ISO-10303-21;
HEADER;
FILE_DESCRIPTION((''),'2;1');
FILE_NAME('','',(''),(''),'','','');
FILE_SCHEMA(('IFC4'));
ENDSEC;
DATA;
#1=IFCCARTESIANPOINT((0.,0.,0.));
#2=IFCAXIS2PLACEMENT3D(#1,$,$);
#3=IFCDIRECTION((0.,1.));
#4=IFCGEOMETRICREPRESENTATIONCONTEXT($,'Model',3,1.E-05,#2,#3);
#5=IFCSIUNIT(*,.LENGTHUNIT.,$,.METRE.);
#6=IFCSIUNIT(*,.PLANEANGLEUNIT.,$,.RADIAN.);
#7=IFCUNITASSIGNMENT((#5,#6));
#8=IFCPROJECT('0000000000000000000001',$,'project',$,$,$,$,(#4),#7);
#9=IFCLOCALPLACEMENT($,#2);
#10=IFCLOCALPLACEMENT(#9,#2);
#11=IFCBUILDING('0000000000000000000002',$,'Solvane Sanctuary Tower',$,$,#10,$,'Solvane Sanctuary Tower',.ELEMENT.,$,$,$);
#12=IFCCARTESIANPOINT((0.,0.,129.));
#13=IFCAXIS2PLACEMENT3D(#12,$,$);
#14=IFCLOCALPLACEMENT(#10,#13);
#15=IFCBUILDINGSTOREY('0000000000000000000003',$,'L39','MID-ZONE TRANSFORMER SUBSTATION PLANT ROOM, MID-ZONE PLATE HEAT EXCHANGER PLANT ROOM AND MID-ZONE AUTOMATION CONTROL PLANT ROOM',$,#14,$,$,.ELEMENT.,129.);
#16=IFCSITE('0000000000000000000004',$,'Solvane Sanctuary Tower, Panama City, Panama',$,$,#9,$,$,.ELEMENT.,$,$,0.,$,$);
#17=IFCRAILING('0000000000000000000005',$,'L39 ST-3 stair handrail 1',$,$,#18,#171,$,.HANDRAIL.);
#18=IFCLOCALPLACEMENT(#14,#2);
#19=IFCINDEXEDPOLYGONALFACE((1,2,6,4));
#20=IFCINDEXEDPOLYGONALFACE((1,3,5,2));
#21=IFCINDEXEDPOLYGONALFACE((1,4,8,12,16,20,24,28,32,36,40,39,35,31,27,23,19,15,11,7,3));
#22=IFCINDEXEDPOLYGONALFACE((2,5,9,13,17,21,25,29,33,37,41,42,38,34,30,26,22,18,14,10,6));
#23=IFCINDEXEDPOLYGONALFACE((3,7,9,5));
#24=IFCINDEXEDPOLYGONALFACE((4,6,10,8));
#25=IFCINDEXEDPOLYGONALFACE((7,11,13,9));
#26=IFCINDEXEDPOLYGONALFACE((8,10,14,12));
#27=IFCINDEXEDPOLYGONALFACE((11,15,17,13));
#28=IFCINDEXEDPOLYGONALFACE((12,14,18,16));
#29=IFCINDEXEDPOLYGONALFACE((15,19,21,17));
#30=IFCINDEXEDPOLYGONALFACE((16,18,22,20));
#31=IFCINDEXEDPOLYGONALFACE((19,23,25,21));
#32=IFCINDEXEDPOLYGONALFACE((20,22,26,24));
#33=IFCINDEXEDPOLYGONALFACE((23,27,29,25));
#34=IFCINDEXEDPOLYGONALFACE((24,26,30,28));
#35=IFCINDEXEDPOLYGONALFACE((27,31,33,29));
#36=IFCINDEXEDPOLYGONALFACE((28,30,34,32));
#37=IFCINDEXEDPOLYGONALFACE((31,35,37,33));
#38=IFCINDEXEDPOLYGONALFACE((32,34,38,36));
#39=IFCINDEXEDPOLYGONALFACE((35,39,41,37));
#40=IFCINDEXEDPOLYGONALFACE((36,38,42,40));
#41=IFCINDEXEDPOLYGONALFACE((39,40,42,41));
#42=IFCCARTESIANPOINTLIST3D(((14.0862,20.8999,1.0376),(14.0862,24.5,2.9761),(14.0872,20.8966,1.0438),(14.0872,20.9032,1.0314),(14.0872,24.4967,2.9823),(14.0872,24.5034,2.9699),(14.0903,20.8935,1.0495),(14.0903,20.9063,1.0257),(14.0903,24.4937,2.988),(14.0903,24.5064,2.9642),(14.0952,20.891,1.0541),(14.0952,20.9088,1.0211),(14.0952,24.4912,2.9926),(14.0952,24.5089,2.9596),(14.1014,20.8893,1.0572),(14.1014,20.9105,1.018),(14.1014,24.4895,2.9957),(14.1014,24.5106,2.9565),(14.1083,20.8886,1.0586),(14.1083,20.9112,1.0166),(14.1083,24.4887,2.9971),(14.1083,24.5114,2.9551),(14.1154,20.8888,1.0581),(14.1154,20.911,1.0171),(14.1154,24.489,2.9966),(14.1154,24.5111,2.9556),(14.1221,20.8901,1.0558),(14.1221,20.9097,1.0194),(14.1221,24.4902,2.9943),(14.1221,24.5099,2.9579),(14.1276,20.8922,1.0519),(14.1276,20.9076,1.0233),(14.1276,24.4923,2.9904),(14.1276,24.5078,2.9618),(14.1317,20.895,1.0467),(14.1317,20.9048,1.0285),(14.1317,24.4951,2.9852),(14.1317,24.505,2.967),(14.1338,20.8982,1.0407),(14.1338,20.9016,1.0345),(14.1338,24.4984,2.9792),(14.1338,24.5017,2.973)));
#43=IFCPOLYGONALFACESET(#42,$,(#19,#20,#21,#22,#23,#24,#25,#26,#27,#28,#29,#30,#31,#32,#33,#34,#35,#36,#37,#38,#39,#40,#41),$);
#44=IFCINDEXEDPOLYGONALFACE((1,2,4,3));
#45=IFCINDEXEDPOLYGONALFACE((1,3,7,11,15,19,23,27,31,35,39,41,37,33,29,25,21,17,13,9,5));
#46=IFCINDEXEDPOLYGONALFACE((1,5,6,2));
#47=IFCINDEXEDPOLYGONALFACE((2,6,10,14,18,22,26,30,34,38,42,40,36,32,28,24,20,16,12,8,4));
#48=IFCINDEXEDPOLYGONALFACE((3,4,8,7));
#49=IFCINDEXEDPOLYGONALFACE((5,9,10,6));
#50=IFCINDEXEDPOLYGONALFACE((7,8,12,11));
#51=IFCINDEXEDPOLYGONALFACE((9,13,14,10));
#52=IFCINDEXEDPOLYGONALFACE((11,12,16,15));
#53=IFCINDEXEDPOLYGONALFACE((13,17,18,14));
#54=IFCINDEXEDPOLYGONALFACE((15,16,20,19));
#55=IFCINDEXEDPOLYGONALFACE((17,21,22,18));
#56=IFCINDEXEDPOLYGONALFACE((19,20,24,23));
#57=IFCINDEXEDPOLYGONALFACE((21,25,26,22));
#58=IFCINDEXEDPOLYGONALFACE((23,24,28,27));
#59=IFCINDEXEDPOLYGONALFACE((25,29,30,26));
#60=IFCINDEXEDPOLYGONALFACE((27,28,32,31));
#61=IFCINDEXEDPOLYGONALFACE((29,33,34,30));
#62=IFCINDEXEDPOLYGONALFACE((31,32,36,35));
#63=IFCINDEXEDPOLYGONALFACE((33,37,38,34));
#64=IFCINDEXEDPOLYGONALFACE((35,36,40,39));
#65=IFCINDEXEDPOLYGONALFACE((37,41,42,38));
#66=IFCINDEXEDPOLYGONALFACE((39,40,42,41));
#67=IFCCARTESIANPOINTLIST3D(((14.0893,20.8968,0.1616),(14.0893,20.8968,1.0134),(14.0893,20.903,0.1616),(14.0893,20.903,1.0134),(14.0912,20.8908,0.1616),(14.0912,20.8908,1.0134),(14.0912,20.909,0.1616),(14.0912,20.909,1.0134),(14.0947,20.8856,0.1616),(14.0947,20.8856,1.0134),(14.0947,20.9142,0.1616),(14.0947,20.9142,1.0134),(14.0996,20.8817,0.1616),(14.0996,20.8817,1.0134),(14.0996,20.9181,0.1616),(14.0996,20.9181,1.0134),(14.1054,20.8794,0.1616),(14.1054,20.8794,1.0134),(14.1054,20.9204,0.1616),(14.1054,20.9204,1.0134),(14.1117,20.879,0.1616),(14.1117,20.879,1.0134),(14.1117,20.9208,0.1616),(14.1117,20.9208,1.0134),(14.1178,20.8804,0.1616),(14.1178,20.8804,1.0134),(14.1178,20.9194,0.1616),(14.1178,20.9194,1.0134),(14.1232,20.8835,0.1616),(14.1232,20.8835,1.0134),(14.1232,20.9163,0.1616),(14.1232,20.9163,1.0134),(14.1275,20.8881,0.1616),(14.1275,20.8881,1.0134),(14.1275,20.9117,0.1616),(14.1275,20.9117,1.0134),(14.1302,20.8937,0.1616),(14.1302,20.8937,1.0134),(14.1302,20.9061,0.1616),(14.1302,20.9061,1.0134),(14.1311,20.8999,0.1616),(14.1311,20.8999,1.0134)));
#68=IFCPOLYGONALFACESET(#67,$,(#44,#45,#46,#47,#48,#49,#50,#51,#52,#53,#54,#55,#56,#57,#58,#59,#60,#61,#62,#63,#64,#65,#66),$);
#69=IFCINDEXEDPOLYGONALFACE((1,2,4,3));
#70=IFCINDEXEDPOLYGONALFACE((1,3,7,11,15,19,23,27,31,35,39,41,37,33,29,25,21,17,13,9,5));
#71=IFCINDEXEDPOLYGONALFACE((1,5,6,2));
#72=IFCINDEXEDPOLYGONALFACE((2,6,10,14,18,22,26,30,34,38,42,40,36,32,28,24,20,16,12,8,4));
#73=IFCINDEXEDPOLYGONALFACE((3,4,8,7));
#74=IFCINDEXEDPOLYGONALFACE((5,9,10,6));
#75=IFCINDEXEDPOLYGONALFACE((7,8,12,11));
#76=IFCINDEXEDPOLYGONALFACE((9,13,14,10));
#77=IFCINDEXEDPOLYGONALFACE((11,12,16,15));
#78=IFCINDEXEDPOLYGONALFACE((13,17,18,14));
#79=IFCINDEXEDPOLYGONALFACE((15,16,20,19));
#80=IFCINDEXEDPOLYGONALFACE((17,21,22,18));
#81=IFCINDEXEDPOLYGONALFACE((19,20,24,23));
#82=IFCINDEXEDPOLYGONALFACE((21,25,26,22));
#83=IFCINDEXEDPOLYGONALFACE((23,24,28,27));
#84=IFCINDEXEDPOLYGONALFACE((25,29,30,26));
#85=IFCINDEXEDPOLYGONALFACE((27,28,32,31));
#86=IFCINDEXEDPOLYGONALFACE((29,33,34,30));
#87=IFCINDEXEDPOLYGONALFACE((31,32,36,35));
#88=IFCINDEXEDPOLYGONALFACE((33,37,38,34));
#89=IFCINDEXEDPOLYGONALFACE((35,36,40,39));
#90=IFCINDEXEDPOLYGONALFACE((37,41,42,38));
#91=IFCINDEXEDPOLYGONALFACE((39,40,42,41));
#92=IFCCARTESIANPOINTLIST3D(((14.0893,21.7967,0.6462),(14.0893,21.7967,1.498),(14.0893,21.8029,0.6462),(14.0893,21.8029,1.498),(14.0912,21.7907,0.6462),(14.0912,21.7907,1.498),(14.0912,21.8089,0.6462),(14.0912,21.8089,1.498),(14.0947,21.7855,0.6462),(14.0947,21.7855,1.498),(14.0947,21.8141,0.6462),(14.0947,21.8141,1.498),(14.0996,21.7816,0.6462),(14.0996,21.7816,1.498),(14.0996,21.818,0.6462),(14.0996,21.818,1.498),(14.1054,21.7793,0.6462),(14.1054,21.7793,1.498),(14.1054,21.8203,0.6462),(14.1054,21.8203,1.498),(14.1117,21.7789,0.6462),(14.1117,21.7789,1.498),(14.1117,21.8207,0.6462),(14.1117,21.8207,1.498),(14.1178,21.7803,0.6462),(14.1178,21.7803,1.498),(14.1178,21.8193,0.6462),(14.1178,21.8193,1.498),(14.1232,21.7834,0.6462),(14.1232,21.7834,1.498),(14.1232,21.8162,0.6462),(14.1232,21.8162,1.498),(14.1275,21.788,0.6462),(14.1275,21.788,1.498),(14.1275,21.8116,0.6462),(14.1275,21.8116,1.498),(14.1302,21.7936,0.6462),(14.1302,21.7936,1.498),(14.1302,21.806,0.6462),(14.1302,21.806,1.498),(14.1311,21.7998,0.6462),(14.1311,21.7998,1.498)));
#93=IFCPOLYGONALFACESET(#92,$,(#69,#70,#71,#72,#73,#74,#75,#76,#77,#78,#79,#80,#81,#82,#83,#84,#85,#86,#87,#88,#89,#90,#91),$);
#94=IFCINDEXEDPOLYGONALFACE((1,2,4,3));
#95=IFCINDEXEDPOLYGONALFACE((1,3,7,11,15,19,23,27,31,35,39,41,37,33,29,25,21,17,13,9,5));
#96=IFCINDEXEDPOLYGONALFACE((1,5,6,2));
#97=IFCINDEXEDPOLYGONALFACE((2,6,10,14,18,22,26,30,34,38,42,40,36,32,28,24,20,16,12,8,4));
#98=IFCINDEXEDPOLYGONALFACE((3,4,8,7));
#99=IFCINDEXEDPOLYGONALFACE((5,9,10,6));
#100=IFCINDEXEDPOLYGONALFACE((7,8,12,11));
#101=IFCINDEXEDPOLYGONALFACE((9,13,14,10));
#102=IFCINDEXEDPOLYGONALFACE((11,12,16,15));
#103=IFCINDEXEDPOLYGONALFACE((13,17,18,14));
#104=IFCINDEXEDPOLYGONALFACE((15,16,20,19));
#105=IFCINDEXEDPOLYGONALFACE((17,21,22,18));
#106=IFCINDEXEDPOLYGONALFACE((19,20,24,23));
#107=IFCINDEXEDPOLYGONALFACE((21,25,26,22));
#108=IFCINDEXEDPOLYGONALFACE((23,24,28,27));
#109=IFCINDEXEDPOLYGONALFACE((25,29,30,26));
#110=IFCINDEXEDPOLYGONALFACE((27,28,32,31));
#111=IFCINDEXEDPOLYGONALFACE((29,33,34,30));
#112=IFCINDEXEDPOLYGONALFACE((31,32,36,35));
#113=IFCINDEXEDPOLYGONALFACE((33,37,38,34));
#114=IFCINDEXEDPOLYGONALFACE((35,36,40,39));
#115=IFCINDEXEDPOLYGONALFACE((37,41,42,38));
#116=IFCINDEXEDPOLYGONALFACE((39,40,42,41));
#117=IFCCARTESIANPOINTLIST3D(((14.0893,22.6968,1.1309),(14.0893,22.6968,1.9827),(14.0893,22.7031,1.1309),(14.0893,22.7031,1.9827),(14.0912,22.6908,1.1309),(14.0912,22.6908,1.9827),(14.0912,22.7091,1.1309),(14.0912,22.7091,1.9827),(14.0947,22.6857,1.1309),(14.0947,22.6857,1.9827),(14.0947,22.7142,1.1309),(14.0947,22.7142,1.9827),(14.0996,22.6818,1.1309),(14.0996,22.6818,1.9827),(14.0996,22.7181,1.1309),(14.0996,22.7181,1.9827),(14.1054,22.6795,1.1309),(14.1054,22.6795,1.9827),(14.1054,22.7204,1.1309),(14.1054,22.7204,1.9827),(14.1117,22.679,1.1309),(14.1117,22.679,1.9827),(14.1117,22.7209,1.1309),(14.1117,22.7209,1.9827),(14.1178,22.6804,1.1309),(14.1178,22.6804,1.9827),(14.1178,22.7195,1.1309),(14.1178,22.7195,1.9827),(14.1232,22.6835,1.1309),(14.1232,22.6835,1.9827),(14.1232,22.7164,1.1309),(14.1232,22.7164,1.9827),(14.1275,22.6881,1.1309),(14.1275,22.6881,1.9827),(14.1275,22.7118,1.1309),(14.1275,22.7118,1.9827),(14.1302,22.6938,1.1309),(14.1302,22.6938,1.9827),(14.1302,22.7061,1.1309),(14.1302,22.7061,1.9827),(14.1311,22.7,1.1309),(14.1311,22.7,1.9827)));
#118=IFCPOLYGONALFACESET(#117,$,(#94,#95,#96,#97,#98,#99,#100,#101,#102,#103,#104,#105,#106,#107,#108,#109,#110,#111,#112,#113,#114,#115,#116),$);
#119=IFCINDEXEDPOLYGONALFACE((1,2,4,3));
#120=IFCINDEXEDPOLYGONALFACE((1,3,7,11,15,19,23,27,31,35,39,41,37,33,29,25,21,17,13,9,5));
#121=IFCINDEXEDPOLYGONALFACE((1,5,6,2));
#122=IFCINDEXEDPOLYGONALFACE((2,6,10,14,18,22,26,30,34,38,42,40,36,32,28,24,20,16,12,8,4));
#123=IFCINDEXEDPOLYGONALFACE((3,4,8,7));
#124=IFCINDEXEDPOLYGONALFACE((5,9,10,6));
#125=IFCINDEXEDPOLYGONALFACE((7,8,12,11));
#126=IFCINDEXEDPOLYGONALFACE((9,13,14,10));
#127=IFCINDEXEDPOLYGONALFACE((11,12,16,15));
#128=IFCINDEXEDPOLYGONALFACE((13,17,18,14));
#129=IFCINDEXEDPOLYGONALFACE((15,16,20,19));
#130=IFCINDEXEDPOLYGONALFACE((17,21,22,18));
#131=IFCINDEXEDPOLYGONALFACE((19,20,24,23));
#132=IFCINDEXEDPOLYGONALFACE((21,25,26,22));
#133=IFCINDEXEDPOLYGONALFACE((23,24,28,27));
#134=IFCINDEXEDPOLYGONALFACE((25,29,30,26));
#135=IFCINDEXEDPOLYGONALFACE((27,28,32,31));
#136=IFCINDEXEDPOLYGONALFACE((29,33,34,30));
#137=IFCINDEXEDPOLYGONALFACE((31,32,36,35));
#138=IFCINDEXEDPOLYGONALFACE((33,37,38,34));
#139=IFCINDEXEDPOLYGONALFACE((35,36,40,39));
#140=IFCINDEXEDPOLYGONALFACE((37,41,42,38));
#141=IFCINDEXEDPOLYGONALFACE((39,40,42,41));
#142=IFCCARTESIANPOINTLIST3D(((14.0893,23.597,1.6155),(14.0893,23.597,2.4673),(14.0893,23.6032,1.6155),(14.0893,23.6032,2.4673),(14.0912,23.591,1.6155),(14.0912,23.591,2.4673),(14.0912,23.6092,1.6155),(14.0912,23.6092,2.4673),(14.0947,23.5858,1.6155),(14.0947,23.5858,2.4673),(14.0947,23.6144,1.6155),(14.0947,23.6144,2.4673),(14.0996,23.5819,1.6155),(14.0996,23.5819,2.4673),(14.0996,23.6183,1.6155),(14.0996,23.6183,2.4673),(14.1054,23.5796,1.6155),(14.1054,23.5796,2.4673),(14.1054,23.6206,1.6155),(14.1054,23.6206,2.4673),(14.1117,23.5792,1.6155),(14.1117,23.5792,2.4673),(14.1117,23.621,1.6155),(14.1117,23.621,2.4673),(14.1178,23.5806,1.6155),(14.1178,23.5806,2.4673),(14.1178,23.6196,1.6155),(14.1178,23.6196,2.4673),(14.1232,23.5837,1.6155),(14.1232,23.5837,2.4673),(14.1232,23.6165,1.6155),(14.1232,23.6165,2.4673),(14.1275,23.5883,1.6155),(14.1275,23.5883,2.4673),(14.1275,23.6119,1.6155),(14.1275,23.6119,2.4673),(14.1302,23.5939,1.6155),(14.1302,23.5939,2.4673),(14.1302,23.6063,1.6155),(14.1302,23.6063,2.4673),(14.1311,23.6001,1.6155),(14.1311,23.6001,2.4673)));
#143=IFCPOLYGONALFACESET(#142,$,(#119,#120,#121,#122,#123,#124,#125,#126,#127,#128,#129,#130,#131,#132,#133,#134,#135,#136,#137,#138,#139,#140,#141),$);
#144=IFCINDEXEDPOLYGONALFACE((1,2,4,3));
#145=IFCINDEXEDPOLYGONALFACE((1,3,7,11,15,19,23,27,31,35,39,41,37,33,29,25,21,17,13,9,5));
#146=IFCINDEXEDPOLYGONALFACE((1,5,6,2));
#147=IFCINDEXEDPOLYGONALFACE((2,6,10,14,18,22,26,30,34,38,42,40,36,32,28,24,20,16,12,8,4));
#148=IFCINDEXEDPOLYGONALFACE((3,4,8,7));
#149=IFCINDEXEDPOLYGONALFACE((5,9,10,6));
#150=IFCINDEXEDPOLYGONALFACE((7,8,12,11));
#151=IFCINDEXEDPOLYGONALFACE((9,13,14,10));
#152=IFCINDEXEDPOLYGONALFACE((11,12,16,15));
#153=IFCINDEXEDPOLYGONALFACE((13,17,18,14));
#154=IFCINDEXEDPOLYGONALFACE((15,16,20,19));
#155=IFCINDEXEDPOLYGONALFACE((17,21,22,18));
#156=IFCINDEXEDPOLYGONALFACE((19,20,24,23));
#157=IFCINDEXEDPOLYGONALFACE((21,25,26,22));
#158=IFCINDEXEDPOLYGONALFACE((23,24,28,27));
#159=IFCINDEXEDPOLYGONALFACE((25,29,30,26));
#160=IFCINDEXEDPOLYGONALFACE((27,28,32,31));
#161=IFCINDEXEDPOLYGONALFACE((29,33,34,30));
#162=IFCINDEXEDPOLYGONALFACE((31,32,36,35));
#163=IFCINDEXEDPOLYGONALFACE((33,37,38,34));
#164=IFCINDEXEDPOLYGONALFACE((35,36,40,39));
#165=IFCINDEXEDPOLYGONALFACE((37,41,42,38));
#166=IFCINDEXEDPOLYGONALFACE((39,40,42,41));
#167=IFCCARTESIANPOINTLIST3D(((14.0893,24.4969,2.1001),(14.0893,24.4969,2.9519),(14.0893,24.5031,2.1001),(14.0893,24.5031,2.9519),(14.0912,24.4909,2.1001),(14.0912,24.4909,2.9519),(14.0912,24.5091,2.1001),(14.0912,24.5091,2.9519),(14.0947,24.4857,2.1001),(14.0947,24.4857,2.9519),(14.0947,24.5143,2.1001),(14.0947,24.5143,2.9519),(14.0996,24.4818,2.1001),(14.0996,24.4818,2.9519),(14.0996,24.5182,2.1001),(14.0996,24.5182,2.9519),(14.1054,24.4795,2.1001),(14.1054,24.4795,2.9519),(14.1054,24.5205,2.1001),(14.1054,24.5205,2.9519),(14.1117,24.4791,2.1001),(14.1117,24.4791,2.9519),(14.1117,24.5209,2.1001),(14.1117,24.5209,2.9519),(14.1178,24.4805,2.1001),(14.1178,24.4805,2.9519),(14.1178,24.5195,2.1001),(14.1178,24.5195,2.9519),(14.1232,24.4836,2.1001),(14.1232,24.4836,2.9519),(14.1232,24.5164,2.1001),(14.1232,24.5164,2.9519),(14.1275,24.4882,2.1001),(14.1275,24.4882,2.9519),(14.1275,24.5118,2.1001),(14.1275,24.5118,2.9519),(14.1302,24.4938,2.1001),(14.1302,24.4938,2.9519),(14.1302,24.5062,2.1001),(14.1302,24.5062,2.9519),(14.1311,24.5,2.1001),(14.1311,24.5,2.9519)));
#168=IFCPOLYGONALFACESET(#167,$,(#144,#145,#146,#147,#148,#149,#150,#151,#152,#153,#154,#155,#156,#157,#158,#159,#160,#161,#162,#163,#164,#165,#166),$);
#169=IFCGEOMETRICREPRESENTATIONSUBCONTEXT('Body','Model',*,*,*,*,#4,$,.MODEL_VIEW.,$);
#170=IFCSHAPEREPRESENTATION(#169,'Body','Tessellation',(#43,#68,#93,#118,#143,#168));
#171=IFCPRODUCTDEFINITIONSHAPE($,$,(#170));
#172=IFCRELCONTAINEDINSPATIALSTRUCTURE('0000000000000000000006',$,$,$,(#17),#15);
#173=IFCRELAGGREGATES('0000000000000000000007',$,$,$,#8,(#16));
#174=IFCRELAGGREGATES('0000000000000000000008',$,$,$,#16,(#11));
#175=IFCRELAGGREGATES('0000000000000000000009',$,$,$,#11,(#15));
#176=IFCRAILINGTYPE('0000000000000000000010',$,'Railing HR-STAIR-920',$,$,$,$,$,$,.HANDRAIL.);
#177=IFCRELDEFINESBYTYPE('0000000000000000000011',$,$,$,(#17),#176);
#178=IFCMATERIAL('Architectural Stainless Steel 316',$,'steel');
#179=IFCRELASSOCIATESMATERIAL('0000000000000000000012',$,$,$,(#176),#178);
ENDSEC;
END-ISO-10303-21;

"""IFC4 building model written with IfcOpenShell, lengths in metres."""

from ifc_helpers import new_model, si_unit, direction, frame, origin, origin_2d, place, context, subcontext, project, spatial, circle, extrude, material, type_object, element, save


model = new_model("IFC4")

# Units and contexts
model_context = context("Model", 3, precision=1e-05, world=origin(), true_north=direction((0.0, 1.0)))
body_context = subcontext(model_context, "Body", "Model", "MODEL_VIEW")
ifc_project = project(units=[si_unit("LENGTHUNIT", "METRE"), si_unit("PLANEANGLEUNIT", "RADIAN")], contexts=[model_context])

# Site, building, storey
site_placement = place(None, origin())
site = spatial("IfcSite", under=ifc_project, at=site_placement, Name="Solvane Sanctuary Tower, Panama City, Panama", CompositionType="ELEMENT", RefElevation=0.0)
building_placement = place(site_placement, origin())
building = spatial("IfcBuilding", under=site, at=building_placement, Name="Solvane Sanctuary Tower", LongName="Solvane Sanctuary Tower", CompositionType="ELEMENT")
storey_placement = place(building_placement, frame((0.0, 0.0, 129.0)))
storey = spatial("IfcBuildingStorey", under=building, at=storey_placement, Name="L39", Description="MID-ZONE TRANSFORMER SUBSTATION PLANT ROOM, MID-ZONE PLATE HEAT EXCHANGER PLANT ROOM AND MID-ZONE AUTOMATION CONTROL PLANT ROOM", CompositionType="ELEMENT", Elevation=129.0)

# Shared definitions
ifc_material_1 = material(Name="Architectural Stainless Steel 316", Category="steel")

# Railing
railing_type_1 = type_object("IfcRailingType", Name="Railing HR-STAIR-920", PredefinedType="HANDRAIL", material=ifc_material_1)
for number, where, name in (
    (1, (14.1101, 20.8999, 0.1616), "L39 ST-3 stair handrail 1"),
):
    element("IfcRailing", number, at=place(storey_placement, frame(where)), inside=storey, type_object=railing_type_1, Name=name, PredefinedType="HANDRAIL", context=body_context, shape_type="SweptSolid", body=[
        extrude(circle(Radius=0.0239, at=origin_2d()), frame((0.0, 0.0, 0.876), z_axis=(0.0, 0.880475, 0.474093), x_axis=(-1.0, 0.0, 0.0)), (0.0, 0.0, 1.0), 4.0889),
        extrude(circle(Radius=0.021, at=origin_2d()), origin(), (0.0, 0.0, 1.0), 0.8518),
        extrude(circle(Radius=0.021, at=origin_2d()), frame((0.0, 0.8999, 0.4846)), (0.0, 0.0, 1.0), 0.8518),
        extrude(circle(Radius=0.021, at=origin_2d()), frame((0.0, 1.8, 0.9692)), (0.0, 0.0, 1.0), 0.8518),
        extrude(circle(Radius=0.021, at=origin_2d()), frame((0.0, 2.7002, 1.4539)), (0.0, 0.0, 1.0), 0.8518),
        extrude(circle(Radius=0.021, at=origin_2d()), frame((0.0, 3.6001, 1.9385)), (0.0, 0.0, 1.0), 0.8518),
    ])

save(model, "model.ifc")
